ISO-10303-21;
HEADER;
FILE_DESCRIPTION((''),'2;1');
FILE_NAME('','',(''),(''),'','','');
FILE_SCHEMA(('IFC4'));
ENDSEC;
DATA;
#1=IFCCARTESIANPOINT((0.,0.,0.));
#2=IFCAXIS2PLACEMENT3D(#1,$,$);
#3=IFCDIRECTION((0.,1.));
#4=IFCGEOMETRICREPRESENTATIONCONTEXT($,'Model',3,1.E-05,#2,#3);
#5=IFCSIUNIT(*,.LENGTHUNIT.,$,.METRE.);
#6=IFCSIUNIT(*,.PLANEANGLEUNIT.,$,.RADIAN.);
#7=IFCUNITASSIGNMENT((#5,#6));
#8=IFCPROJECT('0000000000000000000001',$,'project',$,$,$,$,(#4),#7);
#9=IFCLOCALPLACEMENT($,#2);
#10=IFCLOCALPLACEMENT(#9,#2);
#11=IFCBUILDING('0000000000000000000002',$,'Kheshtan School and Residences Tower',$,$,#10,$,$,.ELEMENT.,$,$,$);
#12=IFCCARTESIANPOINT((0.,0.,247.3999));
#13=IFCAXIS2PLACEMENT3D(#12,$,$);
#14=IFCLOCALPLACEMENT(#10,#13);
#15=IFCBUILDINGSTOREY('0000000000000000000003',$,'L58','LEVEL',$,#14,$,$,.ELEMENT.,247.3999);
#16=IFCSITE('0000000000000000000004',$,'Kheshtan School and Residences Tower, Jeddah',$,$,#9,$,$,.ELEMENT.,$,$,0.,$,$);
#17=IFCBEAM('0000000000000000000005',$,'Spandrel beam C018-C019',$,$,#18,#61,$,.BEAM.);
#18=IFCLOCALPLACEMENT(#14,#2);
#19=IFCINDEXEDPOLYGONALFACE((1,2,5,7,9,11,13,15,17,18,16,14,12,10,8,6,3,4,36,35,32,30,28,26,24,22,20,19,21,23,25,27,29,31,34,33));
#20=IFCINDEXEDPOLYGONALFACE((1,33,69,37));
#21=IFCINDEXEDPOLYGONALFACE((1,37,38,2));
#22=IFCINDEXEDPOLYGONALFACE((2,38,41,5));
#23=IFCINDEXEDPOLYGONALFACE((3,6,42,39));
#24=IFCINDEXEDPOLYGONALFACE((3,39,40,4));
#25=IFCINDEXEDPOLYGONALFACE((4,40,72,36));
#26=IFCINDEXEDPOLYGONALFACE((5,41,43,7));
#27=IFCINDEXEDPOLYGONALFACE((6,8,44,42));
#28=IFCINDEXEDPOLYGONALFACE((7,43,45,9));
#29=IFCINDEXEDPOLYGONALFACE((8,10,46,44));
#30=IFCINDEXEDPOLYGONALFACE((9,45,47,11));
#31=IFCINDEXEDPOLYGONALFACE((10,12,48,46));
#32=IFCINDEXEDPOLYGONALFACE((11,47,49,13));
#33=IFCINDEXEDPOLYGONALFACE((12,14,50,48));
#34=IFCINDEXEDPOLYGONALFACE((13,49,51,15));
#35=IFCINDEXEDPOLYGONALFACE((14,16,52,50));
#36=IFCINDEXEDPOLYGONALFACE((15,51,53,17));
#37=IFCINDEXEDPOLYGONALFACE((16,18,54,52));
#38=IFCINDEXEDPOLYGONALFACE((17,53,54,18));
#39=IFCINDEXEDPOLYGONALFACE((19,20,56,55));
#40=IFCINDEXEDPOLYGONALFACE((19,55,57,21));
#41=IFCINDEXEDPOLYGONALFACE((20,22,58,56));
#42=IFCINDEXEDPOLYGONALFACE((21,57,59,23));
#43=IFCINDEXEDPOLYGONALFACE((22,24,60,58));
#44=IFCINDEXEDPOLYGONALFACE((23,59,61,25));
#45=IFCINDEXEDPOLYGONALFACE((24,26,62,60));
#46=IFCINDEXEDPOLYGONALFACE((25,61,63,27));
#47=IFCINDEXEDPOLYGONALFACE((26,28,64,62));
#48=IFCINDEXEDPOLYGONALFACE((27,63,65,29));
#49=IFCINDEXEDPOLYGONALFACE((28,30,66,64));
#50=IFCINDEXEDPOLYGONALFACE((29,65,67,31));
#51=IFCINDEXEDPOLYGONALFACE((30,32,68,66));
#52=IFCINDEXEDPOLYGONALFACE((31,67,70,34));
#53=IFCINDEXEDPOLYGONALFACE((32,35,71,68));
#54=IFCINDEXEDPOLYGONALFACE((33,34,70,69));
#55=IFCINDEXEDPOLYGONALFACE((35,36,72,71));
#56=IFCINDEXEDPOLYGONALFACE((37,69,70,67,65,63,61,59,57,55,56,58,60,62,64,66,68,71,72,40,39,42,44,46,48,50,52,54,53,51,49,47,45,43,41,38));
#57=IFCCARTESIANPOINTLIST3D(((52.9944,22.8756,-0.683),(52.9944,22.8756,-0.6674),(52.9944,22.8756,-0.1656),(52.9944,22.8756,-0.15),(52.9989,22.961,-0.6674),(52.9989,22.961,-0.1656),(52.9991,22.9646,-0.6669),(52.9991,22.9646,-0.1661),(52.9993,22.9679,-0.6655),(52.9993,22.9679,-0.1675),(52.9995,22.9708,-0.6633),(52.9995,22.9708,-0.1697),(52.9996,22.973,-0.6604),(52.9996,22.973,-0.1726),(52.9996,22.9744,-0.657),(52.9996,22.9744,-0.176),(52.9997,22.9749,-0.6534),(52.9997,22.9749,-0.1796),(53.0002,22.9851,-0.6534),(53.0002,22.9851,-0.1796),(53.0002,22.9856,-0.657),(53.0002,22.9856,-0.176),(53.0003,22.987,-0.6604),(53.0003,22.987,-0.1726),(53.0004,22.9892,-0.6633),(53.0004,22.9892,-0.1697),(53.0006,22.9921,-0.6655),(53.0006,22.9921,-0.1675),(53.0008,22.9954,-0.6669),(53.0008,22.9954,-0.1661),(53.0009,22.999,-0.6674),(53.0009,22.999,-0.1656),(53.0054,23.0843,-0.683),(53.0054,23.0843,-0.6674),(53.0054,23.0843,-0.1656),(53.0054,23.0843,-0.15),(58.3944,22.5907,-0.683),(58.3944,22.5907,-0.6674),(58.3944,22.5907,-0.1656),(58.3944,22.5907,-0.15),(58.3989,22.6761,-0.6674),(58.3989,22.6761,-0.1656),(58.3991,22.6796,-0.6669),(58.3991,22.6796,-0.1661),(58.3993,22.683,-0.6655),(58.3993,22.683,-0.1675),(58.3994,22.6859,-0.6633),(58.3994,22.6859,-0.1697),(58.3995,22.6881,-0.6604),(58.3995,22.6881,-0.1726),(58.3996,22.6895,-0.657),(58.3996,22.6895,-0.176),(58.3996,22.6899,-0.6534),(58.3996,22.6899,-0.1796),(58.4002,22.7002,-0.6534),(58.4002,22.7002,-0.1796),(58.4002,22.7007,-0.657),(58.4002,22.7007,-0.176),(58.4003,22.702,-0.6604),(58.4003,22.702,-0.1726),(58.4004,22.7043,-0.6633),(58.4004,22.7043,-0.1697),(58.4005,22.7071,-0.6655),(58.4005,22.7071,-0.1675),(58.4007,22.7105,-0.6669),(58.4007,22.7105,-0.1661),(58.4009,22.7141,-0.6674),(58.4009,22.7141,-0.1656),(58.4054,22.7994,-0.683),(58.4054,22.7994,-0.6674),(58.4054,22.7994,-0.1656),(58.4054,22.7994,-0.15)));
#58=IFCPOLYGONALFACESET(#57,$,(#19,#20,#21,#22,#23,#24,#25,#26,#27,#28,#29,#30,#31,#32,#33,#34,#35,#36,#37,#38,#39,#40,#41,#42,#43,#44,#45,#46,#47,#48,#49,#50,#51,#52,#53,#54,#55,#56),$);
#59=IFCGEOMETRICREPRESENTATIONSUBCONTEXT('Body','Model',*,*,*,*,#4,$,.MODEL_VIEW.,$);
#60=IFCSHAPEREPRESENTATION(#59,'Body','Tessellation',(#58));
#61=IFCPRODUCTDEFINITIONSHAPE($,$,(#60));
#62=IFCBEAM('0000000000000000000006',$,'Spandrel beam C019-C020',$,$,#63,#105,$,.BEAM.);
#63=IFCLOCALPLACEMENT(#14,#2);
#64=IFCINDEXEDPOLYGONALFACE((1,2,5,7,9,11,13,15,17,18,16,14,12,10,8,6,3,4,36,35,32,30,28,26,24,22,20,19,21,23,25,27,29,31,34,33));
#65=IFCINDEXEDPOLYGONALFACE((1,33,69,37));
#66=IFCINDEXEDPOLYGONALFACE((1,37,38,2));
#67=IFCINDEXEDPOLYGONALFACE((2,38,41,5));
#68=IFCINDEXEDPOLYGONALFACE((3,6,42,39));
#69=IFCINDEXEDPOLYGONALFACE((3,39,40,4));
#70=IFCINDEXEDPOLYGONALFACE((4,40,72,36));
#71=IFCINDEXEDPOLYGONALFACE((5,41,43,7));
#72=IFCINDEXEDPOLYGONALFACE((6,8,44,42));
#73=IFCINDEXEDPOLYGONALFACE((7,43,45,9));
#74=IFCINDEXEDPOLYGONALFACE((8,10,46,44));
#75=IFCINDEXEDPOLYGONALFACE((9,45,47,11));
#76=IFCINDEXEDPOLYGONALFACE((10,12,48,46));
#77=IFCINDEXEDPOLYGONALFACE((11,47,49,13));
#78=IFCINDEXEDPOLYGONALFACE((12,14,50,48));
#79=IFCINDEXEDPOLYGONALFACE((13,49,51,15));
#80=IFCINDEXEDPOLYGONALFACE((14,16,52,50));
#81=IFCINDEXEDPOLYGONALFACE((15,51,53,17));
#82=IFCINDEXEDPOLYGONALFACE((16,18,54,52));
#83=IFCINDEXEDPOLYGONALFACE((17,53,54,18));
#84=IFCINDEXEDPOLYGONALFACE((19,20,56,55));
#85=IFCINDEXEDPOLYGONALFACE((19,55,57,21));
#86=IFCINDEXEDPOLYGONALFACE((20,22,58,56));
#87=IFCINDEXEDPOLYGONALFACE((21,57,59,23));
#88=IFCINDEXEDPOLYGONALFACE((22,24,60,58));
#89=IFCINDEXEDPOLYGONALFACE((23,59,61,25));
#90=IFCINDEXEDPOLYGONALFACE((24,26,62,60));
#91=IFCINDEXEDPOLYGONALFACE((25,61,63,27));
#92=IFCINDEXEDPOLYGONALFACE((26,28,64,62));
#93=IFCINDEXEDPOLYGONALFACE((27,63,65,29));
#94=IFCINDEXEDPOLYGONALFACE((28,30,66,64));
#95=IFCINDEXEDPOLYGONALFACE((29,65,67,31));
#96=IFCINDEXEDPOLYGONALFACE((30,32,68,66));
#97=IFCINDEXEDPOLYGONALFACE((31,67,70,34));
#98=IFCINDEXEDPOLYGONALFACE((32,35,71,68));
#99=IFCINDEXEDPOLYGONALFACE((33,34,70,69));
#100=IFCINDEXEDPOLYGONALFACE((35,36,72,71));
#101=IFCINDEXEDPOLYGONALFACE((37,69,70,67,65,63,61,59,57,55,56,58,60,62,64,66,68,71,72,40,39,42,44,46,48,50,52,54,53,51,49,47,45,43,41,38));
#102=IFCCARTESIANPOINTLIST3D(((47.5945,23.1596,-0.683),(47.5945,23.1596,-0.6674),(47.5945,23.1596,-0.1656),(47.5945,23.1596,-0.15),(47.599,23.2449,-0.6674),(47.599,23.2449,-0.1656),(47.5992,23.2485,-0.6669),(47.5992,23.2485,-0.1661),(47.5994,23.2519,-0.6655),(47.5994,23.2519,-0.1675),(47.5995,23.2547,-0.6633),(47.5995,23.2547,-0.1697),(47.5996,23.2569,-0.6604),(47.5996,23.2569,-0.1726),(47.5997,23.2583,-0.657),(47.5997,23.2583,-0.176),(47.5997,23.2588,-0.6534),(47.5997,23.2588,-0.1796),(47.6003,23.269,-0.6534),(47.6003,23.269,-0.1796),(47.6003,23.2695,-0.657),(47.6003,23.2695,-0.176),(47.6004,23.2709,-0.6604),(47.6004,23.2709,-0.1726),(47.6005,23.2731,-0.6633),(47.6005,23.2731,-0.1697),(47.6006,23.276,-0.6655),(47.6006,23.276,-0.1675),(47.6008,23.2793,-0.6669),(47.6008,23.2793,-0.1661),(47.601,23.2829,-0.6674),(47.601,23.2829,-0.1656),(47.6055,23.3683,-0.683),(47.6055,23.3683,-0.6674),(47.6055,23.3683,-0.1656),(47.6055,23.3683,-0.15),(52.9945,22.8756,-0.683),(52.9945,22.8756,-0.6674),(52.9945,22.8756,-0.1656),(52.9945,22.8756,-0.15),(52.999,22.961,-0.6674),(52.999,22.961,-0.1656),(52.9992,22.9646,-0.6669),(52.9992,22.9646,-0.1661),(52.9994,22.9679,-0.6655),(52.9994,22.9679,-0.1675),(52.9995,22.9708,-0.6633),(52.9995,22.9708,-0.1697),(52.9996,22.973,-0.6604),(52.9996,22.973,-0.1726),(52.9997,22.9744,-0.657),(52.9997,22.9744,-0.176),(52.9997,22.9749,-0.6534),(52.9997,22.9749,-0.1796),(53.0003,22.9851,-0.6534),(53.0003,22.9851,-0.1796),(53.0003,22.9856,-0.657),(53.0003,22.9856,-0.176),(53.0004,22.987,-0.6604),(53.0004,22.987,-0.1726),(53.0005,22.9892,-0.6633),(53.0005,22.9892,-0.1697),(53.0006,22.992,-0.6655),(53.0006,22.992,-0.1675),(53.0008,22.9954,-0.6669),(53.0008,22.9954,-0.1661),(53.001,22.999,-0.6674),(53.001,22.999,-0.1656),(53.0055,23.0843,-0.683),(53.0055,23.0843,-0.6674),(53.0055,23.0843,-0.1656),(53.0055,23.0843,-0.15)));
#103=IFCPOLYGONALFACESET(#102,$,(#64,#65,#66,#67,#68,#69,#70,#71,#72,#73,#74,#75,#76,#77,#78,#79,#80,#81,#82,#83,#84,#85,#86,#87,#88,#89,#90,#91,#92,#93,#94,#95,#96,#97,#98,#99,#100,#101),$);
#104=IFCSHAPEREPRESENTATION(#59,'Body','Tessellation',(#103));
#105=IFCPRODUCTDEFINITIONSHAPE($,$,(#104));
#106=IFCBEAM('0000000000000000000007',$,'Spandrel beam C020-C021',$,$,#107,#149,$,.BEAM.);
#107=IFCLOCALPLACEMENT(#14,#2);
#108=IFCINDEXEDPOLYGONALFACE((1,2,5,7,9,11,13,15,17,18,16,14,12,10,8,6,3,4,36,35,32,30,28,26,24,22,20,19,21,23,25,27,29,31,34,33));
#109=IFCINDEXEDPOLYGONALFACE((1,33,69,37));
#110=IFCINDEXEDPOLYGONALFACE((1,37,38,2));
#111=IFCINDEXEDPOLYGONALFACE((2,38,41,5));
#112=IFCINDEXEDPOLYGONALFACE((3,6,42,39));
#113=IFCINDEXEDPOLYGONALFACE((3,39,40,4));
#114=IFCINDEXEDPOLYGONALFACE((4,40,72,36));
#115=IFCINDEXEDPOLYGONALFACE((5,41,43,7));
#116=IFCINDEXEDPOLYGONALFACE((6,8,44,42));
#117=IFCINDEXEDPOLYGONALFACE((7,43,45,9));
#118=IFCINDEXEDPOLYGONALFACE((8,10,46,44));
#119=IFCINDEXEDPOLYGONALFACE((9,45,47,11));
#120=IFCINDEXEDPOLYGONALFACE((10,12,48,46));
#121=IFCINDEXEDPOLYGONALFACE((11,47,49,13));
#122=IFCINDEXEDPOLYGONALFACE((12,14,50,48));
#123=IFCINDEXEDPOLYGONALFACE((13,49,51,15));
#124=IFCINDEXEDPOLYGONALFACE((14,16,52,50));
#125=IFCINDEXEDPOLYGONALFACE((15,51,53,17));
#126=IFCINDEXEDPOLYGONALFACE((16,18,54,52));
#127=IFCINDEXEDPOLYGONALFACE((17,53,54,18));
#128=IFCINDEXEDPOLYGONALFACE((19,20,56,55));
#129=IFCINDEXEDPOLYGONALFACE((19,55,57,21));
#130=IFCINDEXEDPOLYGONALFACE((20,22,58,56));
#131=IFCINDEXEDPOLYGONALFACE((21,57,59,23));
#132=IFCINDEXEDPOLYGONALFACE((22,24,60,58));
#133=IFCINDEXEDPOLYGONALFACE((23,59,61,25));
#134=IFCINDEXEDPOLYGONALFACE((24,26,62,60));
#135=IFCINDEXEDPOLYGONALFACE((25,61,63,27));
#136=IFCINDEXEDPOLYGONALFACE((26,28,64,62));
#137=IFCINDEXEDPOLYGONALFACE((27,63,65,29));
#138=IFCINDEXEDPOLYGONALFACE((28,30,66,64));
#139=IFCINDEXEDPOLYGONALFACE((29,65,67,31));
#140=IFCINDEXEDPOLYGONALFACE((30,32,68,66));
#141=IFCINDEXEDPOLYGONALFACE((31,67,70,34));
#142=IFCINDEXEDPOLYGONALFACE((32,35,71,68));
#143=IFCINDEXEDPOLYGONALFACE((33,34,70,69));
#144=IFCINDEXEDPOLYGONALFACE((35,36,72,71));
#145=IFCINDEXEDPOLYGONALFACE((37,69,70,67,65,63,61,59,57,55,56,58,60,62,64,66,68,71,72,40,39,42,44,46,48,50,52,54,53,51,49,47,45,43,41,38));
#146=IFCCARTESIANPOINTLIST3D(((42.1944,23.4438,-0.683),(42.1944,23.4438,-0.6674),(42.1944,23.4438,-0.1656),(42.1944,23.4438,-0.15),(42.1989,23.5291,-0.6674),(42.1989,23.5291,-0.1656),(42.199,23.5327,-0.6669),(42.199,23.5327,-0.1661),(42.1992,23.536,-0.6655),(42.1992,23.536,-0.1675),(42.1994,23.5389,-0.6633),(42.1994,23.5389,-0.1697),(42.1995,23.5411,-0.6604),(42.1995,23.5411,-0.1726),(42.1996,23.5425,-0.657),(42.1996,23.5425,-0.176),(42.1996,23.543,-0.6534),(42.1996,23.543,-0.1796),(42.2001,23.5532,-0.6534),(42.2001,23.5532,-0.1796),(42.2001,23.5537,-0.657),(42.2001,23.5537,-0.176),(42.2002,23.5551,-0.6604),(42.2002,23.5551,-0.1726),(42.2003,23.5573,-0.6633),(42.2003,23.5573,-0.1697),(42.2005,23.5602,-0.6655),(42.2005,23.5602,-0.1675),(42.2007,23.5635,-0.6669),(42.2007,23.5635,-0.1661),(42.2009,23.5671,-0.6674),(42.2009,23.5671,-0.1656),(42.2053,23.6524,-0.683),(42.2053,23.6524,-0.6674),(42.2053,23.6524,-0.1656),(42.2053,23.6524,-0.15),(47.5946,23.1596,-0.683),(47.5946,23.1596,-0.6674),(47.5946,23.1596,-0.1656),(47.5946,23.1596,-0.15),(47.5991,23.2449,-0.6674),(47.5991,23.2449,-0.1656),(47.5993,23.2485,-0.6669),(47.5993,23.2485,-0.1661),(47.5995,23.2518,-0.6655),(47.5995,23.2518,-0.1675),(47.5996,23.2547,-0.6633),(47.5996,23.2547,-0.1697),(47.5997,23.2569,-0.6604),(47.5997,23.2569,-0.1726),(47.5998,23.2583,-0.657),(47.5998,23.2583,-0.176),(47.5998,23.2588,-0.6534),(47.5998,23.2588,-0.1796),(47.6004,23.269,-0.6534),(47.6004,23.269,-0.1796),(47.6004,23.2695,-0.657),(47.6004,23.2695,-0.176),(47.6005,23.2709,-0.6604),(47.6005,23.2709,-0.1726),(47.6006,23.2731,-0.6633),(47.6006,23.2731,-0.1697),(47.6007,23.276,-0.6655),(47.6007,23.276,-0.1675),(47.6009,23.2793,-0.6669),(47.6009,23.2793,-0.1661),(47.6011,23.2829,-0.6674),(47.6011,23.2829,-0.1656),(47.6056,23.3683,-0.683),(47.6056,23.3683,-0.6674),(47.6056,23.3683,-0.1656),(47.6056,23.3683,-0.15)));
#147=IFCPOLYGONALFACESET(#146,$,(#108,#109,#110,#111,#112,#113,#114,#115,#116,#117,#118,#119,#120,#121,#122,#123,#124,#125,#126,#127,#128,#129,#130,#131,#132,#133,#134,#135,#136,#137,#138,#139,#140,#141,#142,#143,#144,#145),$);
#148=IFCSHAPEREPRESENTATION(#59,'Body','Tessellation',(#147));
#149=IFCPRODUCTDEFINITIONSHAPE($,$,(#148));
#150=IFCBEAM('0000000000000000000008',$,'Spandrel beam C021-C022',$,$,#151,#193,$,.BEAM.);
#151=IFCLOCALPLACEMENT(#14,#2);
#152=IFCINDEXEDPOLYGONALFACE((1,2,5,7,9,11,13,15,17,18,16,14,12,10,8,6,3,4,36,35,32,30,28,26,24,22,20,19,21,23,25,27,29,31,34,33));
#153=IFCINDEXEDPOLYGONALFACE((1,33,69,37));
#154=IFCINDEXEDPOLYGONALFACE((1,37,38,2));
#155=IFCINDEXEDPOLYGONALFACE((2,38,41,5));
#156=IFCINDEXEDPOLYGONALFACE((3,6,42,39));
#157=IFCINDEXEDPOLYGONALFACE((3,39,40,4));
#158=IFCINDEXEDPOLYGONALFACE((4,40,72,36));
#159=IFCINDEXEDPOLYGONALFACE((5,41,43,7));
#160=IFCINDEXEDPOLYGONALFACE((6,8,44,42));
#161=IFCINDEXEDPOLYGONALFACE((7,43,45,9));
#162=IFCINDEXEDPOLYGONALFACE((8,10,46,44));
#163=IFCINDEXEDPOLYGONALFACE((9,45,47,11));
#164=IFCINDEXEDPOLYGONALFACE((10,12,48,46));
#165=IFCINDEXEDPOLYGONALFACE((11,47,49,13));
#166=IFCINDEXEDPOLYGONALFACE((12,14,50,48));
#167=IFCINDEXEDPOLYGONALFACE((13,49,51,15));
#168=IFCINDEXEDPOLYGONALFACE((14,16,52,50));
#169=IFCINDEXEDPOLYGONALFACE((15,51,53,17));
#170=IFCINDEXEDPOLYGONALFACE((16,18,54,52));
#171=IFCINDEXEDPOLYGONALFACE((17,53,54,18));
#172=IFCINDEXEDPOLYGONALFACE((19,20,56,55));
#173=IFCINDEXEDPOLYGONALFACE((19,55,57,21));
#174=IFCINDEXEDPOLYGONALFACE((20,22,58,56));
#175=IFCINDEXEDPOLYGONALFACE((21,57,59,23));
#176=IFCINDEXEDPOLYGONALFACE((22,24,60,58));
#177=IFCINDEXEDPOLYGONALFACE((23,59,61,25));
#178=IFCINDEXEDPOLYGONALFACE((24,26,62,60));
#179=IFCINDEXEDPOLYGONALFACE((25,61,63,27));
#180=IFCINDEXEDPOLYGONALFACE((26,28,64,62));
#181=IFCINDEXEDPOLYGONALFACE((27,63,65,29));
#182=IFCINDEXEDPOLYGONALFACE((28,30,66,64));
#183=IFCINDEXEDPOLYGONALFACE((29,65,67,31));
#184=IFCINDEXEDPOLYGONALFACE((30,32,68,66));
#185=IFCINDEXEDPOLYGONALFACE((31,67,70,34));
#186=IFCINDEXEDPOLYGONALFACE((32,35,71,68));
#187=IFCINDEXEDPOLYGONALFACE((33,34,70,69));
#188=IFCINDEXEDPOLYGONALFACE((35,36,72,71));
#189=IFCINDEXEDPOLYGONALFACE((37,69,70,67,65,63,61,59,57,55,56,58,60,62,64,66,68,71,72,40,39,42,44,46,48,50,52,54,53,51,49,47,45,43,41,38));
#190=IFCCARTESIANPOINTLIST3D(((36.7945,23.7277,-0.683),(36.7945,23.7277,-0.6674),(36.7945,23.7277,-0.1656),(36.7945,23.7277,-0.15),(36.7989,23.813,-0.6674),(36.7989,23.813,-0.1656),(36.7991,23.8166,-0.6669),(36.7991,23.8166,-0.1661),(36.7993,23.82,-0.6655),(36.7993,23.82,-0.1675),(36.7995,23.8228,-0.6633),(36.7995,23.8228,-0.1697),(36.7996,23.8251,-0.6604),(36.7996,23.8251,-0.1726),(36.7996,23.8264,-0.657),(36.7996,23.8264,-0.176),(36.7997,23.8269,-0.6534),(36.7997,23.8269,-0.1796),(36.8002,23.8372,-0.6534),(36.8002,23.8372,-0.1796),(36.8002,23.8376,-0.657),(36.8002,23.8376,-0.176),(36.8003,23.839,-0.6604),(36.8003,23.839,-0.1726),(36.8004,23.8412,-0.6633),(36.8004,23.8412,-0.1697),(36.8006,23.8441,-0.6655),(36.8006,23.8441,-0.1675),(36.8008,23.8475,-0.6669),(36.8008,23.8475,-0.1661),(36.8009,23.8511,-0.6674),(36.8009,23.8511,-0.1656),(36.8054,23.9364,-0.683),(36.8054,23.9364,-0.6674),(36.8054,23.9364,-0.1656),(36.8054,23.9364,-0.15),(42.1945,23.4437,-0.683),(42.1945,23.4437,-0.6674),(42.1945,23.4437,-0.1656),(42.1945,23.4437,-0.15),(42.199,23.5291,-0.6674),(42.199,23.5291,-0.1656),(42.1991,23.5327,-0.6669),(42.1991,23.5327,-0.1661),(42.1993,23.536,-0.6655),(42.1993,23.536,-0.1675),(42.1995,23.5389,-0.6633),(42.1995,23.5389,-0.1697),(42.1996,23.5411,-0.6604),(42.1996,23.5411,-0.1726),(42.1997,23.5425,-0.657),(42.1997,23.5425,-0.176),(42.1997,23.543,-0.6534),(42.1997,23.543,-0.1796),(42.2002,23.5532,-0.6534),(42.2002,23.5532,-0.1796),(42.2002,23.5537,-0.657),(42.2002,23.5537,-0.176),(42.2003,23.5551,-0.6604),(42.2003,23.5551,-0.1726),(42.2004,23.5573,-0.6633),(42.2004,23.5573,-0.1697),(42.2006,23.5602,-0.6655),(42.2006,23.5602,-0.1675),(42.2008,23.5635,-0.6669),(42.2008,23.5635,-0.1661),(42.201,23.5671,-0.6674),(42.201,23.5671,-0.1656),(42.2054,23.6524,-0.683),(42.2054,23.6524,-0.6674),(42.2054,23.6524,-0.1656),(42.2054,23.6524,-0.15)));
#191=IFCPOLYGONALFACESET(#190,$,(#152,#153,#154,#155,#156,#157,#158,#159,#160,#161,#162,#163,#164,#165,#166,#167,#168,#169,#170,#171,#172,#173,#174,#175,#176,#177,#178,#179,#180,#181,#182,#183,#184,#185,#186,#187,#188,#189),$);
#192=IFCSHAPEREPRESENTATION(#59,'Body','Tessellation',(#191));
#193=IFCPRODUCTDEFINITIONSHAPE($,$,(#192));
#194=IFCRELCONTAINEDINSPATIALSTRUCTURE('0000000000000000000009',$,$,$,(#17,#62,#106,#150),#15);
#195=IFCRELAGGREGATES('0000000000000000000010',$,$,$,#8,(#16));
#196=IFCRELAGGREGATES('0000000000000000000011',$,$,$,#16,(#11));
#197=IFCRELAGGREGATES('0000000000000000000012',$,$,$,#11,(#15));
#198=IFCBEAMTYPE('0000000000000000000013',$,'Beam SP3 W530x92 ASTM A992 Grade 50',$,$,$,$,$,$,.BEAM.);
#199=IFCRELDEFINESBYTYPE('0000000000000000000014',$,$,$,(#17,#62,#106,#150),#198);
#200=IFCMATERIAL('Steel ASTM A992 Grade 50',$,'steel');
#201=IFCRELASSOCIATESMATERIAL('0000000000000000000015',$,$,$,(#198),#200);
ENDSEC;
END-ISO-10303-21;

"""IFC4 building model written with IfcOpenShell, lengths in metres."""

from ifc_helpers import new_model, si_unit, direction, frame, origin, origin_2d, place, context, subcontext, project, spatial, i_section, extrude, material, material_profile, profile_set, type_object, element, save


model = new_model("IFC4")

# Units and contexts
model_context = context("Model", 3, precision=1e-05, world=origin(), true_north=direction((0.0, 1.0)))
body_context = subcontext(model_context, "Body", "Model", "MODEL_VIEW")
ifc_project = project(units=[si_unit("LENGTHUNIT", "METRE"), si_unit("PLANEANGLEUNIT", "RADIAN")], contexts=[model_context])

# Site, building, storey
site_placement = place(None, origin())
site = spatial("IfcSite", under=ifc_project, at=site_placement, Name="Kheshtan School and Residences Tower, Jeddah", CompositionType="ELEMENT", RefElevation=0.0)
building_placement = place(site_placement, origin())
building = spatial("IfcBuilding", under=site, at=building_placement, Name="Kheshtan School and Residences Tower", CompositionType="ELEMENT")
storey_placement = place(building_placement, frame((0.0, 0.0, 247.3999)))
storey = spatial("IfcBuildingStorey", under=building, at=storey_placement, Name="L58", Description="LEVEL", CompositionType="ELEMENT", Elevation=247.3999)

# Shared definitions
ifc_material_1 = material(Name="Steel ASTM A992 Grade 50", Category="steel")

# Beams
ifc_material_profile_1 = material_profile(ifc_material_1, i_section(OverallWidth=0.209, OverallDepth=0.533, WebThickness=0.0103, FlangeThickness=0.0156, FilletRadius=0.0139, at=origin_2d()), Name="W530x92")
ifc_profile_set_1 = profile_set([ifc_material_profile_1], Name="Steel ASTM A992 Grade 50")
beam_type_1 = type_object("IfcBeamType", Name="Beam SP3 W530x92 ASTM A992 Grade 50", PredefinedType="BEAM", material=ifc_profile_set_1)
for number, where, z_axis, x_axis, name in (
    (1, (58.3999, 22.6951, -0.4165), (-0.998611, 0.052689, 0.0), (-0.052689, -0.998611, 0.0), "Spandrel beam C018-C019"),
    (2, (53.0, 22.98, -0.4165), (-0.99862, 0.052509, 0.0), (-0.052509, -0.99862, 0.0), "Spandrel beam C019-C020"),
):
    element("IfcBeam", number, at=place(storey_placement, frame(where, z_axis=z_axis, x_axis=x_axis)), inside=storey, type_object=beam_type_1, Name=name, PredefinedType="BEAM", context=body_context, shape_type="SweptSolid", body=[
        extrude(i_section(OverallWidth=0.209, OverallDepth=0.533, WebThickness=0.0103, FlangeThickness=0.0156, FilletRadius=0.0139, at=origin_2d()), origin(), (0.0, 0.0, 1.0), 5.4075),
    ])
beam_1_placement = place(storey_placement, frame((47.6001, 23.2639, -0.4165), z_axis=(-0.998618, 0.052552, 0.0), x_axis=(-0.052552, -0.998618, 0.0)))
element("IfcBeam", 3, at=beam_1_placement, inside=storey, type_object=beam_type_1, Name="Spandrel beam C020-C021", PredefinedType="BEAM", context=body_context, shape_type="SweptSolid", body=[
    extrude(i_section(OverallWidth=0.209, OverallDepth=0.533, WebThickness=0.0103, FlangeThickness=0.0156, FilletRadius=0.0139, at=origin_2d()), origin(), (0.0, 0.0, 1.0), 5.4077),
])
beam_2_placement = place(storey_placement, frame((42.2, 23.5481, -0.4165), z_axis=(-0.99862, 0.052509, 0.0), x_axis=(-0.052509, -0.99862, 0.0)))
element("IfcBeam", 4, at=beam_2_placement, inside=storey, type_object=beam_type_1, Name="Spandrel beam C021-C022", PredefinedType="BEAM", context=body_context, shape_type="SweptSolid", body=[
    extrude(i_section(OverallWidth=0.209, OverallDepth=0.533, WebThickness=0.0103, FlangeThickness=0.0156, FilletRadius=0.0139, at=origin_2d()), origin(), (0.0, 0.0, 1.0), 5.4075),
])

save(model, "model.ifc")
